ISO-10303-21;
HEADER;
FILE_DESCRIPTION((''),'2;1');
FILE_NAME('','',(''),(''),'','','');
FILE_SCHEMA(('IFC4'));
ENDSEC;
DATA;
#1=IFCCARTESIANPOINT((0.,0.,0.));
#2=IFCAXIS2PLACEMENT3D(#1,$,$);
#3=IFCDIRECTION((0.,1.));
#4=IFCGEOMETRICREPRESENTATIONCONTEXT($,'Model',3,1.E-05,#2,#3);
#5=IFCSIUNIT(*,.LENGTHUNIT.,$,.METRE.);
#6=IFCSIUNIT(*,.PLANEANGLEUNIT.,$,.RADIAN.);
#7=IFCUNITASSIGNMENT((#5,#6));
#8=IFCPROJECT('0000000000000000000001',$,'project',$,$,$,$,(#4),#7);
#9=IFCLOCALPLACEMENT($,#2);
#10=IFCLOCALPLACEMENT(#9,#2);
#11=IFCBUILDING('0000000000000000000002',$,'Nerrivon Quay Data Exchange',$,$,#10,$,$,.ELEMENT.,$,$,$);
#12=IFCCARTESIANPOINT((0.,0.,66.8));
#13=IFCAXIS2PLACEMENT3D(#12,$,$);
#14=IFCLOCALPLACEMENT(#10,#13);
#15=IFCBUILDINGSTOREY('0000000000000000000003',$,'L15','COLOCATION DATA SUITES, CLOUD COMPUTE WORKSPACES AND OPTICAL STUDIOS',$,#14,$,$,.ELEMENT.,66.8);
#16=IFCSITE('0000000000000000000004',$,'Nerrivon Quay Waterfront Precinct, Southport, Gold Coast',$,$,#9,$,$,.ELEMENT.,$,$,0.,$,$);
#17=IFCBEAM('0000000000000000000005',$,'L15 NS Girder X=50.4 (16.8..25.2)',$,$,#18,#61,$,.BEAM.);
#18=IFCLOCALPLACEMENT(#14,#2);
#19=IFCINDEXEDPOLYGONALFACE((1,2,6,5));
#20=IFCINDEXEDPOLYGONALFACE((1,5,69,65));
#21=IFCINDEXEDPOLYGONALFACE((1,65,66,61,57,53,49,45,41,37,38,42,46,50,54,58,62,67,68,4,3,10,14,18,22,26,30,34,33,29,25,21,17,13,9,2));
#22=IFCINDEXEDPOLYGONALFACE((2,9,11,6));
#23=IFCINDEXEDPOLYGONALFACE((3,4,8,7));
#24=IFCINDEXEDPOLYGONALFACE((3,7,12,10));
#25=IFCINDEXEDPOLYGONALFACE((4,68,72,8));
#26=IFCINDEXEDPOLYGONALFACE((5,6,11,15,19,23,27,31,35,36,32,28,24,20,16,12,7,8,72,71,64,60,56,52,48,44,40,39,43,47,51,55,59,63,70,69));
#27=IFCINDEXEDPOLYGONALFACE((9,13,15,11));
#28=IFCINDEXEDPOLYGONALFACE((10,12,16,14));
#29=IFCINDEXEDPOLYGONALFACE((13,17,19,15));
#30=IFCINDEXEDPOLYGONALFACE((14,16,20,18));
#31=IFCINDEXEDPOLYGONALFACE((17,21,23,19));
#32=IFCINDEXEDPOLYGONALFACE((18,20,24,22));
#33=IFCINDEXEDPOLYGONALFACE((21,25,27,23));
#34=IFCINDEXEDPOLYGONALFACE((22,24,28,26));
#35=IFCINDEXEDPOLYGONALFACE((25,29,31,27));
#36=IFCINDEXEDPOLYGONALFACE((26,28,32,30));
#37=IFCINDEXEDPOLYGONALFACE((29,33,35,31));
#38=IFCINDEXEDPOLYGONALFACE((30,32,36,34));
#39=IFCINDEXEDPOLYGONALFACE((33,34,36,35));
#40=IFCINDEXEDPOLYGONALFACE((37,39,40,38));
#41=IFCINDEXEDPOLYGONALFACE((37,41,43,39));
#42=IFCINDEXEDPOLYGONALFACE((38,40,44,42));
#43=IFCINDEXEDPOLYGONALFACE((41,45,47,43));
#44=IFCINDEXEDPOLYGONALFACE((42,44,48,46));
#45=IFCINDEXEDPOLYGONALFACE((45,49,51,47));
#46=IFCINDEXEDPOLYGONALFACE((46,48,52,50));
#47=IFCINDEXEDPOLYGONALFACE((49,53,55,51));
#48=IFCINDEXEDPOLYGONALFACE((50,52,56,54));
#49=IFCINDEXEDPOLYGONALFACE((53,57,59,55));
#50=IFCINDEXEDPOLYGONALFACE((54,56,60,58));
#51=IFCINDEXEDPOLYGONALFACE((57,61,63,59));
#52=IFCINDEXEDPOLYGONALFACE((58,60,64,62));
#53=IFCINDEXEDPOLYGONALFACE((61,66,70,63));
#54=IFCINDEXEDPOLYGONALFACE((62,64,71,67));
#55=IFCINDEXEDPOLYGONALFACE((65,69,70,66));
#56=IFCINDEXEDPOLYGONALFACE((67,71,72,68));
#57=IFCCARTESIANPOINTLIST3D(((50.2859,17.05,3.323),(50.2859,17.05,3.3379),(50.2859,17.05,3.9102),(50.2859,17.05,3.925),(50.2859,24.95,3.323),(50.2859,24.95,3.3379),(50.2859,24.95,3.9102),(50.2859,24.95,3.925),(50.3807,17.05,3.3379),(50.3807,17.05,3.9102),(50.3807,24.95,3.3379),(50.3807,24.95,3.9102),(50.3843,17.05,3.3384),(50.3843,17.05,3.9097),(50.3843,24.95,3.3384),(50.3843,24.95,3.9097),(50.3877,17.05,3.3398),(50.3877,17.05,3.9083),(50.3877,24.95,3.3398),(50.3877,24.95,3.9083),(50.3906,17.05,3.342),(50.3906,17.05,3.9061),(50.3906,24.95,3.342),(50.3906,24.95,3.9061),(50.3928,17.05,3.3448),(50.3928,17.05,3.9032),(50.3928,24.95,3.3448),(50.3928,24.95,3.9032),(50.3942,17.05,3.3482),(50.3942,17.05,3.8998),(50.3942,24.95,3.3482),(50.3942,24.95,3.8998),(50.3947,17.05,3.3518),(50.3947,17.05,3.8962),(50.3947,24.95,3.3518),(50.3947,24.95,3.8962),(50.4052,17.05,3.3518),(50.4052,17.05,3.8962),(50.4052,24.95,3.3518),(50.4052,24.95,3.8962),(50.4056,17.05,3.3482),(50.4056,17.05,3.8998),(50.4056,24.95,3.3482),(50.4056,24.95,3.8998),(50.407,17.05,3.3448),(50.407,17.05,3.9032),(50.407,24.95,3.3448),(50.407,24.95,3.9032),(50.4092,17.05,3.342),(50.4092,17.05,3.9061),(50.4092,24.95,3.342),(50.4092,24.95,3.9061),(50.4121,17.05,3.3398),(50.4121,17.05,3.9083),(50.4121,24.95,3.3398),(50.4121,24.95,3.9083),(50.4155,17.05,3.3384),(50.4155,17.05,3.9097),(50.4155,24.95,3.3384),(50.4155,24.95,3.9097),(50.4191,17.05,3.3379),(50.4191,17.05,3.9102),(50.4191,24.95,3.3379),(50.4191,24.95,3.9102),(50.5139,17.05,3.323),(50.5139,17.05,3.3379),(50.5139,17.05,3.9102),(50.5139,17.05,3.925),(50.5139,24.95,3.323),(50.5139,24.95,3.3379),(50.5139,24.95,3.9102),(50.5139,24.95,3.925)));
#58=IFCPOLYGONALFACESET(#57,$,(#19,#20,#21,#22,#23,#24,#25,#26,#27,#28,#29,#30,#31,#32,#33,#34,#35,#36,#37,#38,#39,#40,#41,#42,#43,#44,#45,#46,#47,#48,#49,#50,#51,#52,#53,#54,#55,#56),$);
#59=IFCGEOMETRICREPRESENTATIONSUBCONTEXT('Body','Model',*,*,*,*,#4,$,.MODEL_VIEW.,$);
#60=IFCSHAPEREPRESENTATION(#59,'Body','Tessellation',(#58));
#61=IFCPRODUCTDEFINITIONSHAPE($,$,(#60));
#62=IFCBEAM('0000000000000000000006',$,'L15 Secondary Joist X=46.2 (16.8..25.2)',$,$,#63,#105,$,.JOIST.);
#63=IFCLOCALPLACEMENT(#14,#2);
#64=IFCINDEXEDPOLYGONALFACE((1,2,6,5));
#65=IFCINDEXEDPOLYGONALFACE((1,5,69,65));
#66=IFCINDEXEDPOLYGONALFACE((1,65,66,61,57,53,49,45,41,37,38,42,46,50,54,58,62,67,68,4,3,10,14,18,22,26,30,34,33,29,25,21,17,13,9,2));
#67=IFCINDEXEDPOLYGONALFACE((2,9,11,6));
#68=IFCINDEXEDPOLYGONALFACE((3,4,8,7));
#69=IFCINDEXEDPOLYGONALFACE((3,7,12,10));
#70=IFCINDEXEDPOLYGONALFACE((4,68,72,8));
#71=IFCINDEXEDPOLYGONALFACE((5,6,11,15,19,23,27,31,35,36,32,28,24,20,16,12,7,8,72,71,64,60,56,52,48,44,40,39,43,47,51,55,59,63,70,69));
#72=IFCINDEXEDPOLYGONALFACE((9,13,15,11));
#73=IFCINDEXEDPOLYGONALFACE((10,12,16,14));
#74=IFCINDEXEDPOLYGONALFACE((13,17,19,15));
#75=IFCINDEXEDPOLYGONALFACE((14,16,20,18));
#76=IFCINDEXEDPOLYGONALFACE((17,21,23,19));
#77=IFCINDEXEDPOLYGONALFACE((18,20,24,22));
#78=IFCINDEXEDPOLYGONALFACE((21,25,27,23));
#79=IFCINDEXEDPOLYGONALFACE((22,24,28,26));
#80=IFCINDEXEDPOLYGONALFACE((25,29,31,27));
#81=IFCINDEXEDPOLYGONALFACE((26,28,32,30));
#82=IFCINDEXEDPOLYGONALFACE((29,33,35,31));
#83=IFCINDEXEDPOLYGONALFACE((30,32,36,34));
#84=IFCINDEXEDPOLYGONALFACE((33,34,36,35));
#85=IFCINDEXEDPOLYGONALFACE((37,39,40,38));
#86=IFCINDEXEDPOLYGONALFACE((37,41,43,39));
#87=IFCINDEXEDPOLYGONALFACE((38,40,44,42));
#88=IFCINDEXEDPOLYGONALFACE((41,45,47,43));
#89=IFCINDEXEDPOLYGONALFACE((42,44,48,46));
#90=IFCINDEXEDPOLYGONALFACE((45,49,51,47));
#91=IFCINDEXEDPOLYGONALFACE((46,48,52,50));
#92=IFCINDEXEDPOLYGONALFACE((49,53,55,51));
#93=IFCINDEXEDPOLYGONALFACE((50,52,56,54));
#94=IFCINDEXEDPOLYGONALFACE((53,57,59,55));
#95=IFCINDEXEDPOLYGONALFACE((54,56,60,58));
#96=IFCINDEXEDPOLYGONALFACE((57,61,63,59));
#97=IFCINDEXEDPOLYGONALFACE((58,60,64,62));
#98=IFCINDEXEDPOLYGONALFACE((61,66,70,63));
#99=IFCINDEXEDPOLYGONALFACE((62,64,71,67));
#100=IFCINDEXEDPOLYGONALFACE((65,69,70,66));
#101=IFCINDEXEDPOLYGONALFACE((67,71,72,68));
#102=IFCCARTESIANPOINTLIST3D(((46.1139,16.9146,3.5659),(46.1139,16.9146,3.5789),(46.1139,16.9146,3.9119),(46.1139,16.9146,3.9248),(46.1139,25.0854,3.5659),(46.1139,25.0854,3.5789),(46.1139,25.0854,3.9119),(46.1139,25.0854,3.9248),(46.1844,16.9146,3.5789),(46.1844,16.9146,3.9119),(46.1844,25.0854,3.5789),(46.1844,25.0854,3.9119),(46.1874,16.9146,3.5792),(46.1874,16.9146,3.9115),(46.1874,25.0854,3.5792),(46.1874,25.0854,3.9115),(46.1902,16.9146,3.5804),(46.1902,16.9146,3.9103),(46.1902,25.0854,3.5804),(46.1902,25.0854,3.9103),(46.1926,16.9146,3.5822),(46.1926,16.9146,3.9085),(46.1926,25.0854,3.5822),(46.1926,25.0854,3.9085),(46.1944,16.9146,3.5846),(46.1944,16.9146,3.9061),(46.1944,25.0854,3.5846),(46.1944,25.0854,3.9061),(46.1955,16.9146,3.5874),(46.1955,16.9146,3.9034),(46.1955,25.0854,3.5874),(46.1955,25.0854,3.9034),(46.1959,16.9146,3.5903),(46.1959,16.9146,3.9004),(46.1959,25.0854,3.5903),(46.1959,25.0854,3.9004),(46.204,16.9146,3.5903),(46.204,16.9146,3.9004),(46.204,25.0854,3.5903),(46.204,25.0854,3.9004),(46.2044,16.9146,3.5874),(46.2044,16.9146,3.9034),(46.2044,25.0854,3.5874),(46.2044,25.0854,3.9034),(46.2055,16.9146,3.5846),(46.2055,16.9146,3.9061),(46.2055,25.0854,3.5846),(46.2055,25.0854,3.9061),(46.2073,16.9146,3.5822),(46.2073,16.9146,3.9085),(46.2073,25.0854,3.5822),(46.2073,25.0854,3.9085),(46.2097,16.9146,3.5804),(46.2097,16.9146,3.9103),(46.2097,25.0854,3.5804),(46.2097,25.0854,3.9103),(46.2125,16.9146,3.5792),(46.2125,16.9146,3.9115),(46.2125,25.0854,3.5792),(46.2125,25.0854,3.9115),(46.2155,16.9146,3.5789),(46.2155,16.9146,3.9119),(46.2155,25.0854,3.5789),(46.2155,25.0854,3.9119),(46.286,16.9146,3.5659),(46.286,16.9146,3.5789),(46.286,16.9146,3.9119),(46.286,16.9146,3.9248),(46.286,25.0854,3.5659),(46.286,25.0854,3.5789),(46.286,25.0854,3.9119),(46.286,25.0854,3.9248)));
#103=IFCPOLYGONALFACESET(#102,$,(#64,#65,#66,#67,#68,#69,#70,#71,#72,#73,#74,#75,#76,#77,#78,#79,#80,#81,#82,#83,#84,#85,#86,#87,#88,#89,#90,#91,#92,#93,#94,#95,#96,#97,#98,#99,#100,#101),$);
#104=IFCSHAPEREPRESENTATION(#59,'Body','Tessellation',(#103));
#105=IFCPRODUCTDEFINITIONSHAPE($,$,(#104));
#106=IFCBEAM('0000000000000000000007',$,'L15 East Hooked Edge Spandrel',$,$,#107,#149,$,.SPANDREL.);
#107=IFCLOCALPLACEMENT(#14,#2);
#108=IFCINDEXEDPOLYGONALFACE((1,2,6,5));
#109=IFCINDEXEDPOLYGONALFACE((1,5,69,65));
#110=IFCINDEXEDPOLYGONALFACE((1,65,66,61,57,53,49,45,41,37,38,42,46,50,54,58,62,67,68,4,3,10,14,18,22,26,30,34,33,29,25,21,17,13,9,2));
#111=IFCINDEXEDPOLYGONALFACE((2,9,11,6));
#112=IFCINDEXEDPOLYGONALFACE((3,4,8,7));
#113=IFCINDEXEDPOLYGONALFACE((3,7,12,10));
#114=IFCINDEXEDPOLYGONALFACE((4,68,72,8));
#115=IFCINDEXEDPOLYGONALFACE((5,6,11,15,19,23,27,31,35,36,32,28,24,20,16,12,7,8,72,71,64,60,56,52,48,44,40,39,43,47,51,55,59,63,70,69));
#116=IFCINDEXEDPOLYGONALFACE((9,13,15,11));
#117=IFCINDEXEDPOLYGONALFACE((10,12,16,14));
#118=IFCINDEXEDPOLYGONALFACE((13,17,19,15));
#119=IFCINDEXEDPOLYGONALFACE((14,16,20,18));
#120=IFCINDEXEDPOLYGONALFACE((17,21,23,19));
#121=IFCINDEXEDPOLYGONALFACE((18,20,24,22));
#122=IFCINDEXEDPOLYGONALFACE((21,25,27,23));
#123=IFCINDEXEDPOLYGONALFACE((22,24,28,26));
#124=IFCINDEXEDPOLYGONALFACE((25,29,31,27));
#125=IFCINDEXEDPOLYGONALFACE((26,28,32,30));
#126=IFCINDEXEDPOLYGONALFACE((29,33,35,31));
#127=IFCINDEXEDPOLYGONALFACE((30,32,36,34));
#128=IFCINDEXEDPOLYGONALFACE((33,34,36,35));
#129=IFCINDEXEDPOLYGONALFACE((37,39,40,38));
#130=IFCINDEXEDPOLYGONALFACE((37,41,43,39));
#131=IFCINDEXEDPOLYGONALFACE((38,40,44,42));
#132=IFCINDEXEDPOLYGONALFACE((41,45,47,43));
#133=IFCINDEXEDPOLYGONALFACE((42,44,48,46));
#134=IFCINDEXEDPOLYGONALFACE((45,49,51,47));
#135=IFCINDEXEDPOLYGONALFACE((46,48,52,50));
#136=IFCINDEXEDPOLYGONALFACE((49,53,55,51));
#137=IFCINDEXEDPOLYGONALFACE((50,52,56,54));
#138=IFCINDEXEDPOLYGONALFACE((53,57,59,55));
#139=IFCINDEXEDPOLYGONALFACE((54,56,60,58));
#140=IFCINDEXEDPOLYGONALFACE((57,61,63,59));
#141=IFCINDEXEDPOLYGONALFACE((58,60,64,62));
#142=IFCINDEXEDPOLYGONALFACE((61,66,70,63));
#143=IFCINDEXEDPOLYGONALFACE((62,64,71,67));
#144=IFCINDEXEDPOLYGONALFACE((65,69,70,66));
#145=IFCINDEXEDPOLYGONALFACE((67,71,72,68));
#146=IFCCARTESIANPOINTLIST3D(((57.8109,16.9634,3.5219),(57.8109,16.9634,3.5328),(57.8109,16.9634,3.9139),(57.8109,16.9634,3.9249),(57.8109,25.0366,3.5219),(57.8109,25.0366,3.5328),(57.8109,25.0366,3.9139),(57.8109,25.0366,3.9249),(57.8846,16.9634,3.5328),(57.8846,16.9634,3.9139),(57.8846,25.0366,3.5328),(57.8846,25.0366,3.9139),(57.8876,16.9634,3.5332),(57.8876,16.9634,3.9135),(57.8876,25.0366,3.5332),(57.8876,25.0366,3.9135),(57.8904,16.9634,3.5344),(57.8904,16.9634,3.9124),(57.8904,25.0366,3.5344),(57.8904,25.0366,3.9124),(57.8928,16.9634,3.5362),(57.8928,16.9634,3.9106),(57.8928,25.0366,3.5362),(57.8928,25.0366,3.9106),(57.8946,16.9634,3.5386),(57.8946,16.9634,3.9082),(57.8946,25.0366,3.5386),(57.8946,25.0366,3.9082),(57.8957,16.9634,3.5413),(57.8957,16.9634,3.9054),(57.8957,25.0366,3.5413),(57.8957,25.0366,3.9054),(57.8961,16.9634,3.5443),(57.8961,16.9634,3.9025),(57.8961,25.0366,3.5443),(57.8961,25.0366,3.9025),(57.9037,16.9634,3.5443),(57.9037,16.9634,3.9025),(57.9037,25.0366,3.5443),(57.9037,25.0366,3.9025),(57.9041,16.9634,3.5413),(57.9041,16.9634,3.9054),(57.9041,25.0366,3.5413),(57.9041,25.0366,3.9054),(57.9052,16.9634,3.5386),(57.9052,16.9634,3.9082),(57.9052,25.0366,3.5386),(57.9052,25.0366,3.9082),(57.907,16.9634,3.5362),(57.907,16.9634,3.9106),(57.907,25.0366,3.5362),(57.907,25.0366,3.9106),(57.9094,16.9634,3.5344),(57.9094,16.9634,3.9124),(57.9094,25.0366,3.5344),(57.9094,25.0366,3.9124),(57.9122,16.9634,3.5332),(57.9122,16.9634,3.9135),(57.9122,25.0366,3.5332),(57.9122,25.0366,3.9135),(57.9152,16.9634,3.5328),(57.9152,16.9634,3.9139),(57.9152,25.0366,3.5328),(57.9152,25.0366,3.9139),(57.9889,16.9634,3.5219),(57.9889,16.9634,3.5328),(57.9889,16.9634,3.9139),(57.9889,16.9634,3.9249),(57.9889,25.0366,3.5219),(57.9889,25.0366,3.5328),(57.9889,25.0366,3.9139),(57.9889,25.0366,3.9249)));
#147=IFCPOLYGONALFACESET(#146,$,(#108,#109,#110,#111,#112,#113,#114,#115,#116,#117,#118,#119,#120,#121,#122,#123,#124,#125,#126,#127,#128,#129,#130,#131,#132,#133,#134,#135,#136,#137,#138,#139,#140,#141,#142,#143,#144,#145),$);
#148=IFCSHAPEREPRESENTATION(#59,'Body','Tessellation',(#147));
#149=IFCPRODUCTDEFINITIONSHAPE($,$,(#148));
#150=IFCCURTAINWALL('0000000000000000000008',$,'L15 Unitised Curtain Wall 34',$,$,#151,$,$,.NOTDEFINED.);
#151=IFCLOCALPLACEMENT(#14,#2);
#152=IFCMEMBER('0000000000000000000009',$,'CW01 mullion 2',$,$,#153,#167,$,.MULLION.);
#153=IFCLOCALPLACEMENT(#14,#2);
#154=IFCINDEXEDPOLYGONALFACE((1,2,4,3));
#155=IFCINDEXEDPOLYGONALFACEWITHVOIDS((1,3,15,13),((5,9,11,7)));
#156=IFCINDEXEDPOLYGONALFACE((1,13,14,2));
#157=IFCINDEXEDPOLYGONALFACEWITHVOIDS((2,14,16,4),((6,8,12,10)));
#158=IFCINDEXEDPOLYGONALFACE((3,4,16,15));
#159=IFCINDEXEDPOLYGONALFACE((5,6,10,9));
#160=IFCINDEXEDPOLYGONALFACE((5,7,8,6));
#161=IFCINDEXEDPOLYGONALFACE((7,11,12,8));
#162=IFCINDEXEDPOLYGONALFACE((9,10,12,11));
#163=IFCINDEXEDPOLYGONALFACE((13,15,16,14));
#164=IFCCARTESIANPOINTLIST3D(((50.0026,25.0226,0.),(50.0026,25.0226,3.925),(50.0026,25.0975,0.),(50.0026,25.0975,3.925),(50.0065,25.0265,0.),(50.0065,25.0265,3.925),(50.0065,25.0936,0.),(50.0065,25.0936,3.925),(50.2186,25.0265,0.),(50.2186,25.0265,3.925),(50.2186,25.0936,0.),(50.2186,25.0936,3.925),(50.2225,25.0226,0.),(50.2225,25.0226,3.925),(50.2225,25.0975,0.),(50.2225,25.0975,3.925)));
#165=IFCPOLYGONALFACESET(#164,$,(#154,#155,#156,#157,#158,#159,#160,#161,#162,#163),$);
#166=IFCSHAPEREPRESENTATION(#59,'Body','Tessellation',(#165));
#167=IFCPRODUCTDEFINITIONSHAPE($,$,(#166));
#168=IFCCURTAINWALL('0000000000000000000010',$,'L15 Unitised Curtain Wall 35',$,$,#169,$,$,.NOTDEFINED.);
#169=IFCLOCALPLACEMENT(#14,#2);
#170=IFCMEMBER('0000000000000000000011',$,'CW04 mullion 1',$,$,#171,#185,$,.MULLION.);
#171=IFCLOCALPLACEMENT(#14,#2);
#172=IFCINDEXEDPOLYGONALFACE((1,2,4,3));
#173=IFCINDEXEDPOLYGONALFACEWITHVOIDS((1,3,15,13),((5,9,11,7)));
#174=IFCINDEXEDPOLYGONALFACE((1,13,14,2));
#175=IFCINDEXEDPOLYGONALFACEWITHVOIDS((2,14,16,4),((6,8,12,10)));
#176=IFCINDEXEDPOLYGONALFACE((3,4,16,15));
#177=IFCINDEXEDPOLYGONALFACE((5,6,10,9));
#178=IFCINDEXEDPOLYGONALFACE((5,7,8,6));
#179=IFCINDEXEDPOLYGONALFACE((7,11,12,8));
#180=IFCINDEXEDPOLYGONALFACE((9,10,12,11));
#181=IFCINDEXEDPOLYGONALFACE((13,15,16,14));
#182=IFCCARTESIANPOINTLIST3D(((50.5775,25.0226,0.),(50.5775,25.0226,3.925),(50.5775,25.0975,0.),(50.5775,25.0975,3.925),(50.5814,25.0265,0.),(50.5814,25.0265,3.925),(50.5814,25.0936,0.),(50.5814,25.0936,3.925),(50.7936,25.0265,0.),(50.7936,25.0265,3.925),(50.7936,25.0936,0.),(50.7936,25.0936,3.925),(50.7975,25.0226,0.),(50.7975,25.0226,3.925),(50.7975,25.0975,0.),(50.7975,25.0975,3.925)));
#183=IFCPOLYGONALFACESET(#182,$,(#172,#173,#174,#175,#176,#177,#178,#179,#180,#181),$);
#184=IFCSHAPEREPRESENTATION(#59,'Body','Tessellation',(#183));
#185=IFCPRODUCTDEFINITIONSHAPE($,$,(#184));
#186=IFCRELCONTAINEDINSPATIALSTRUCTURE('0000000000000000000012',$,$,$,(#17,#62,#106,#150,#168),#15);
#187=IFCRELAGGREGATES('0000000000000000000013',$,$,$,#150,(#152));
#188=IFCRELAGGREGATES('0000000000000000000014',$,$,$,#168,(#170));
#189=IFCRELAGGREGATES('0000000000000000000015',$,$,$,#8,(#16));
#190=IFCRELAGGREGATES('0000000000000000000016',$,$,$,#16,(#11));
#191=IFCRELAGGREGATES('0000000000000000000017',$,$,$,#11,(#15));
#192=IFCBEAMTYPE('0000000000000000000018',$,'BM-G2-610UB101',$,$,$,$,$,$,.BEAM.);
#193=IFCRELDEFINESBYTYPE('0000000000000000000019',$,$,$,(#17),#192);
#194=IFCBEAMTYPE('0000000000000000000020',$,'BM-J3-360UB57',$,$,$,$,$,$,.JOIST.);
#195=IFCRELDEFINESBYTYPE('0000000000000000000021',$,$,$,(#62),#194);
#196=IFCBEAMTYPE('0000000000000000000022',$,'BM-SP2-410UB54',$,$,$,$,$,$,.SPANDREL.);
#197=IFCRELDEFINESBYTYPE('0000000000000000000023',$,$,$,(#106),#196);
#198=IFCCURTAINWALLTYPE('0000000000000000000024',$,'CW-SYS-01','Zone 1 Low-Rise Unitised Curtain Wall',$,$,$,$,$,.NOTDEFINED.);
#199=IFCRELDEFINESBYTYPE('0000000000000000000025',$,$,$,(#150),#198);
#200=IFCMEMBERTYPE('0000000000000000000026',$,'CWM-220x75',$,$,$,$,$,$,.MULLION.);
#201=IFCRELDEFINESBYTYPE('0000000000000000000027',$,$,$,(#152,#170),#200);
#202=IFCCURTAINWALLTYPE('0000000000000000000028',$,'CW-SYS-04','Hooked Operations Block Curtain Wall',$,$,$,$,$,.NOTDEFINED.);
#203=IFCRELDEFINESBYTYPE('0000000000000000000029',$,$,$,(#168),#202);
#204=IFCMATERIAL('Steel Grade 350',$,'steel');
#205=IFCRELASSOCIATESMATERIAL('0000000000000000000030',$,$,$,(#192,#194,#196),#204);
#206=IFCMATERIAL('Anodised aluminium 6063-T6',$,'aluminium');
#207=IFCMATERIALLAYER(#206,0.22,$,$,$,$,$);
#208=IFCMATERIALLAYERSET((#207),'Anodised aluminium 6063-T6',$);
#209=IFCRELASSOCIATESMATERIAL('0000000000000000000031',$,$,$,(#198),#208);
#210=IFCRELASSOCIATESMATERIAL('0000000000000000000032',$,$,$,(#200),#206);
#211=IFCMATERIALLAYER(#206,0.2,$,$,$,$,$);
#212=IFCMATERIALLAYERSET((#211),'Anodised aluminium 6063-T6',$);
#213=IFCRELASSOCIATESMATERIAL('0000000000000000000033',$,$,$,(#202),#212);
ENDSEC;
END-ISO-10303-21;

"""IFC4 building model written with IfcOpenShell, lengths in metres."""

from ifc_helpers import new_model, si_unit, direction, frame, origin, origin_2d, place, context, subcontext, project, spatial, hollow_rectangle, i_section, extrude, material, layer, layer_set, material_profile, profile_set, type_object, element, aggregate, save


model = new_model("IFC4")

# Units and contexts
model_context = context("Model", 3, precision=1e-05, world=origin(), true_north=direction((0.0, 1.0)))
body_context = subcontext(model_context, "Body", "Model", "MODEL_VIEW")
ifc_project = project(units=[si_unit("LENGTHUNIT", "METRE"), si_unit("PLANEANGLEUNIT", "RADIAN")], contexts=[model_context])

# Site, building, storey
site_placement = place(None, origin())
site = spatial("IfcSite", under=ifc_project, at=site_placement, Name="Nerrivon Quay Waterfront Precinct, Southport, Gold Coast", CompositionType="ELEMENT", RefElevation=0.0)
building_placement = place(site_placement, origin())
building = spatial("IfcBuilding", under=site, at=building_placement, Name="Nerrivon Quay Data Exchange", CompositionType="ELEMENT")
storey_placement = place(building_placement, frame((0.0, 0.0, 66.8)))
storey = spatial("IfcBuildingStorey", under=building, at=storey_placement, Name="L15", Description="COLOCATION DATA SUITES, CLOUD COMPUTE WORKSPACES AND OPTICAL STUDIOS", CompositionType="ELEMENT", Elevation=66.8)

# Shared definitions
ifc_material_1 = material(Name="Steel Grade 350", Category="steel")

# Beams
ifc_material_profile_1 = material_profile(ifc_material_1, i_section(OverallWidth=0.228, OverallDepth=0.6021, WebThickness=0.0105, FlangeThickness=0.0149, FilletRadius=0.0139, at=origin_2d()), Name="610UB101")
ifc_profile_set_1 = profile_set([ifc_material_profile_1], Name="Steel Grade 350")
beam_type_1 = type_object("IfcBeamType", Name="BM-G2-610UB101", PredefinedType="BEAM", material=ifc_profile_set_1)
beam_1_placement = place(storey_placement, frame((50.3999, 17.05, 3.624), z_axis=(0.0, 1.0, 0.0), x_axis=(-1.0, 0.0, 0.0)))
element("IfcBeam", 1, at=beam_1_placement, inside=storey, type_object=beam_type_1, Name="L15 NS Girder X=50.4 (16.8..25.2)", PredefinedType="BEAM", context=body_context, shape_type="SweptSolid", body=[
    extrude(i_section(OverallWidth=0.228, OverallDepth=0.6021, WebThickness=0.0105, FlangeThickness=0.0149, FilletRadius=0.0139, at=origin_2d()), origin(), (0.0, 0.0, 1.0), 7.8999),
])
ifc_material_profile_2 = material_profile(ifc_material_1, i_section(OverallWidth=0.1721, OverallDepth=0.3589, WebThickness=0.0081, FlangeThickness=0.0129, FilletRadius=0.0115, at=origin_2d()), Name="360UB56.7")
ifc_profile_set_2 = profile_set([ifc_material_profile_2], Name="Steel Grade 350")
beam_type_2 = type_object("IfcBeamType", Name="BM-J3-360UB57", PredefinedType="JOIST", material=ifc_profile_set_2)
beam_2_placement = place(storey_placement, frame((46.2, 16.9146, 3.7454), z_axis=(0.0, 1.0, 0.0), x_axis=(-1.0, 0.0, 0.0)))
element("IfcBeam", 2, at=beam_2_placement, inside=storey, type_object=beam_type_2, Name="L15 Secondary Joist X=46.2 (16.8..25.2)", PredefinedType="JOIST", context=body_context, shape_type="SweptSolid", body=[
    extrude(i_section(OverallWidth=0.1721, OverallDepth=0.3589, WebThickness=0.0081, FlangeThickness=0.0129, FilletRadius=0.0115, at=origin_2d()), origin(), (0.0, 0.0, 1.0), 8.1709),
])
ifc_material_profile_3 = material_profile(ifc_material_1, i_section(OverallWidth=0.178, OverallDepth=0.4031, WebThickness=0.0076, FlangeThickness=0.011, FilletRadius=0.0115, at=origin_2d()), Name="410UB53.7")
ifc_profile_set_3 = profile_set([ifc_material_profile_3], Name="Steel Grade 350")
beam_type_3 = type_object("IfcBeamType", Name="BM-SP2-410UB54", PredefinedType="SPANDREL", material=ifc_profile_set_3)
beam_3_placement = place(storey_placement, frame((57.8999, 16.9634, 3.7234), z_axis=(0.0, 1.0, 0.0), x_axis=(-1.0, 0.0, 0.0)))
element("IfcBeam", 3, at=beam_3_placement, inside=storey, type_object=beam_type_3, Name="L15 East Hooked Edge Spandrel", PredefinedType="SPANDREL", context=body_context, shape_type="SweptSolid", body=[
    extrude(i_section(OverallWidth=0.178, OverallDepth=0.4031, WebThickness=0.0076, FlangeThickness=0.011, FilletRadius=0.0115, at=origin_2d()), origin(), (0.0, 0.0, 1.0), 8.0732),
])

# Curtain wall, member
ifc_material_2 = material(Name="Anodised aluminium 6063-T6", Category="aluminium")
ifc_layer_1 = layer(ifc_material_2, 0.22)
ifc_layer_set_1 = layer_set([ifc_layer_1], Name="Anodised aluminium 6063-T6")
curtain_wall_type_1 = type_object("IfcCurtainWallType", Name="CW-SYS-01", Description="Zone 1 Low-Rise Unitised Curtain Wall", PredefinedType="NOTDEFINED", material=ifc_layer_set_1)
curtain_wall_1_placement = place(storey_placement, origin())
curtain_wall_1 = element("IfcCurtainWall", 4, at=curtain_wall_1_placement, inside=storey, type_object=curtain_wall_type_1, Name="L15 Unitised Curtain Wall 34", PredefinedType="NOTDEFINED")
ifc_material_profile_4 = material_profile(ifc_material_2, hollow_rectangle(XDim=0.075, YDim=0.22, WallThickness=0.0039, at=origin_2d()), Name="ALU-MULL-220x75")
ifc_profile_set_4 = profile_set([ifc_material_profile_4], Name="Anodised aluminium 6063-T6")
member_type_1 = type_object("IfcMemberType", Name="CWM-220x75", PredefinedType="MULLION", material=ifc_profile_set_4)
member_1_placement = place(storey_placement, frame((50.1125, 25.0601, 0.0), z_axis=(0.0, 0.0, 1.0), x_axis=(0.0, 1.0, 0.0)))
member_1 = element("IfcMember", 5, at=member_1_placement, type_object=member_type_1, Name="CW01 mullion 2", PredefinedType="MULLION", context=body_context, shape_type="SweptSolid", body=[
    extrude(hollow_rectangle(XDim=0.075, YDim=0.22, WallThickness=0.0039, at=origin_2d()), origin(), (0.0, 0.0, 1.0), 3.925),
])

# Curtain wall, member
ifc_layer_2 = layer(ifc_material_2, 0.2)
ifc_layer_set_2 = layer_set([ifc_layer_2], Name="Anodised aluminium 6063-T6")
curtain_wall_type_2 = type_object("IfcCurtainWallType", Name="CW-SYS-04", Description="Hooked Operations Block Curtain Wall", PredefinedType="NOTDEFINED", material=ifc_layer_set_2)
curtain_wall_2_placement = place(storey_placement, origin())
curtain_wall_2 = element("IfcCurtainWall", 6, at=curtain_wall_2_placement, inside=storey, type_object=curtain_wall_type_2, Name="L15 Unitised Curtain Wall 35", PredefinedType="NOTDEFINED")
member_2_placement = place(storey_placement, frame((50.6875, 25.0601, 0.0), z_axis=(0.0, 0.0, 1.0), x_axis=(0.0, 1.0, 0.0)))
member_2 = element("IfcMember", 7, at=member_2_placement, type_object=member_type_1, Name="CW04 mullion 1", PredefinedType="MULLION", context=body_context, shape_type="SweptSolid", body=[
    extrude(hollow_rectangle(XDim=0.075, YDim=0.22, WallThickness=0.0039, at=origin_2d()), origin(), (0.0, 0.0, 1.0), 3.925),
])

aggregate(curtain_wall_1, [member_1])
aggregate(curtain_wall_2, [member_2])

save(model, "model.ifc")
